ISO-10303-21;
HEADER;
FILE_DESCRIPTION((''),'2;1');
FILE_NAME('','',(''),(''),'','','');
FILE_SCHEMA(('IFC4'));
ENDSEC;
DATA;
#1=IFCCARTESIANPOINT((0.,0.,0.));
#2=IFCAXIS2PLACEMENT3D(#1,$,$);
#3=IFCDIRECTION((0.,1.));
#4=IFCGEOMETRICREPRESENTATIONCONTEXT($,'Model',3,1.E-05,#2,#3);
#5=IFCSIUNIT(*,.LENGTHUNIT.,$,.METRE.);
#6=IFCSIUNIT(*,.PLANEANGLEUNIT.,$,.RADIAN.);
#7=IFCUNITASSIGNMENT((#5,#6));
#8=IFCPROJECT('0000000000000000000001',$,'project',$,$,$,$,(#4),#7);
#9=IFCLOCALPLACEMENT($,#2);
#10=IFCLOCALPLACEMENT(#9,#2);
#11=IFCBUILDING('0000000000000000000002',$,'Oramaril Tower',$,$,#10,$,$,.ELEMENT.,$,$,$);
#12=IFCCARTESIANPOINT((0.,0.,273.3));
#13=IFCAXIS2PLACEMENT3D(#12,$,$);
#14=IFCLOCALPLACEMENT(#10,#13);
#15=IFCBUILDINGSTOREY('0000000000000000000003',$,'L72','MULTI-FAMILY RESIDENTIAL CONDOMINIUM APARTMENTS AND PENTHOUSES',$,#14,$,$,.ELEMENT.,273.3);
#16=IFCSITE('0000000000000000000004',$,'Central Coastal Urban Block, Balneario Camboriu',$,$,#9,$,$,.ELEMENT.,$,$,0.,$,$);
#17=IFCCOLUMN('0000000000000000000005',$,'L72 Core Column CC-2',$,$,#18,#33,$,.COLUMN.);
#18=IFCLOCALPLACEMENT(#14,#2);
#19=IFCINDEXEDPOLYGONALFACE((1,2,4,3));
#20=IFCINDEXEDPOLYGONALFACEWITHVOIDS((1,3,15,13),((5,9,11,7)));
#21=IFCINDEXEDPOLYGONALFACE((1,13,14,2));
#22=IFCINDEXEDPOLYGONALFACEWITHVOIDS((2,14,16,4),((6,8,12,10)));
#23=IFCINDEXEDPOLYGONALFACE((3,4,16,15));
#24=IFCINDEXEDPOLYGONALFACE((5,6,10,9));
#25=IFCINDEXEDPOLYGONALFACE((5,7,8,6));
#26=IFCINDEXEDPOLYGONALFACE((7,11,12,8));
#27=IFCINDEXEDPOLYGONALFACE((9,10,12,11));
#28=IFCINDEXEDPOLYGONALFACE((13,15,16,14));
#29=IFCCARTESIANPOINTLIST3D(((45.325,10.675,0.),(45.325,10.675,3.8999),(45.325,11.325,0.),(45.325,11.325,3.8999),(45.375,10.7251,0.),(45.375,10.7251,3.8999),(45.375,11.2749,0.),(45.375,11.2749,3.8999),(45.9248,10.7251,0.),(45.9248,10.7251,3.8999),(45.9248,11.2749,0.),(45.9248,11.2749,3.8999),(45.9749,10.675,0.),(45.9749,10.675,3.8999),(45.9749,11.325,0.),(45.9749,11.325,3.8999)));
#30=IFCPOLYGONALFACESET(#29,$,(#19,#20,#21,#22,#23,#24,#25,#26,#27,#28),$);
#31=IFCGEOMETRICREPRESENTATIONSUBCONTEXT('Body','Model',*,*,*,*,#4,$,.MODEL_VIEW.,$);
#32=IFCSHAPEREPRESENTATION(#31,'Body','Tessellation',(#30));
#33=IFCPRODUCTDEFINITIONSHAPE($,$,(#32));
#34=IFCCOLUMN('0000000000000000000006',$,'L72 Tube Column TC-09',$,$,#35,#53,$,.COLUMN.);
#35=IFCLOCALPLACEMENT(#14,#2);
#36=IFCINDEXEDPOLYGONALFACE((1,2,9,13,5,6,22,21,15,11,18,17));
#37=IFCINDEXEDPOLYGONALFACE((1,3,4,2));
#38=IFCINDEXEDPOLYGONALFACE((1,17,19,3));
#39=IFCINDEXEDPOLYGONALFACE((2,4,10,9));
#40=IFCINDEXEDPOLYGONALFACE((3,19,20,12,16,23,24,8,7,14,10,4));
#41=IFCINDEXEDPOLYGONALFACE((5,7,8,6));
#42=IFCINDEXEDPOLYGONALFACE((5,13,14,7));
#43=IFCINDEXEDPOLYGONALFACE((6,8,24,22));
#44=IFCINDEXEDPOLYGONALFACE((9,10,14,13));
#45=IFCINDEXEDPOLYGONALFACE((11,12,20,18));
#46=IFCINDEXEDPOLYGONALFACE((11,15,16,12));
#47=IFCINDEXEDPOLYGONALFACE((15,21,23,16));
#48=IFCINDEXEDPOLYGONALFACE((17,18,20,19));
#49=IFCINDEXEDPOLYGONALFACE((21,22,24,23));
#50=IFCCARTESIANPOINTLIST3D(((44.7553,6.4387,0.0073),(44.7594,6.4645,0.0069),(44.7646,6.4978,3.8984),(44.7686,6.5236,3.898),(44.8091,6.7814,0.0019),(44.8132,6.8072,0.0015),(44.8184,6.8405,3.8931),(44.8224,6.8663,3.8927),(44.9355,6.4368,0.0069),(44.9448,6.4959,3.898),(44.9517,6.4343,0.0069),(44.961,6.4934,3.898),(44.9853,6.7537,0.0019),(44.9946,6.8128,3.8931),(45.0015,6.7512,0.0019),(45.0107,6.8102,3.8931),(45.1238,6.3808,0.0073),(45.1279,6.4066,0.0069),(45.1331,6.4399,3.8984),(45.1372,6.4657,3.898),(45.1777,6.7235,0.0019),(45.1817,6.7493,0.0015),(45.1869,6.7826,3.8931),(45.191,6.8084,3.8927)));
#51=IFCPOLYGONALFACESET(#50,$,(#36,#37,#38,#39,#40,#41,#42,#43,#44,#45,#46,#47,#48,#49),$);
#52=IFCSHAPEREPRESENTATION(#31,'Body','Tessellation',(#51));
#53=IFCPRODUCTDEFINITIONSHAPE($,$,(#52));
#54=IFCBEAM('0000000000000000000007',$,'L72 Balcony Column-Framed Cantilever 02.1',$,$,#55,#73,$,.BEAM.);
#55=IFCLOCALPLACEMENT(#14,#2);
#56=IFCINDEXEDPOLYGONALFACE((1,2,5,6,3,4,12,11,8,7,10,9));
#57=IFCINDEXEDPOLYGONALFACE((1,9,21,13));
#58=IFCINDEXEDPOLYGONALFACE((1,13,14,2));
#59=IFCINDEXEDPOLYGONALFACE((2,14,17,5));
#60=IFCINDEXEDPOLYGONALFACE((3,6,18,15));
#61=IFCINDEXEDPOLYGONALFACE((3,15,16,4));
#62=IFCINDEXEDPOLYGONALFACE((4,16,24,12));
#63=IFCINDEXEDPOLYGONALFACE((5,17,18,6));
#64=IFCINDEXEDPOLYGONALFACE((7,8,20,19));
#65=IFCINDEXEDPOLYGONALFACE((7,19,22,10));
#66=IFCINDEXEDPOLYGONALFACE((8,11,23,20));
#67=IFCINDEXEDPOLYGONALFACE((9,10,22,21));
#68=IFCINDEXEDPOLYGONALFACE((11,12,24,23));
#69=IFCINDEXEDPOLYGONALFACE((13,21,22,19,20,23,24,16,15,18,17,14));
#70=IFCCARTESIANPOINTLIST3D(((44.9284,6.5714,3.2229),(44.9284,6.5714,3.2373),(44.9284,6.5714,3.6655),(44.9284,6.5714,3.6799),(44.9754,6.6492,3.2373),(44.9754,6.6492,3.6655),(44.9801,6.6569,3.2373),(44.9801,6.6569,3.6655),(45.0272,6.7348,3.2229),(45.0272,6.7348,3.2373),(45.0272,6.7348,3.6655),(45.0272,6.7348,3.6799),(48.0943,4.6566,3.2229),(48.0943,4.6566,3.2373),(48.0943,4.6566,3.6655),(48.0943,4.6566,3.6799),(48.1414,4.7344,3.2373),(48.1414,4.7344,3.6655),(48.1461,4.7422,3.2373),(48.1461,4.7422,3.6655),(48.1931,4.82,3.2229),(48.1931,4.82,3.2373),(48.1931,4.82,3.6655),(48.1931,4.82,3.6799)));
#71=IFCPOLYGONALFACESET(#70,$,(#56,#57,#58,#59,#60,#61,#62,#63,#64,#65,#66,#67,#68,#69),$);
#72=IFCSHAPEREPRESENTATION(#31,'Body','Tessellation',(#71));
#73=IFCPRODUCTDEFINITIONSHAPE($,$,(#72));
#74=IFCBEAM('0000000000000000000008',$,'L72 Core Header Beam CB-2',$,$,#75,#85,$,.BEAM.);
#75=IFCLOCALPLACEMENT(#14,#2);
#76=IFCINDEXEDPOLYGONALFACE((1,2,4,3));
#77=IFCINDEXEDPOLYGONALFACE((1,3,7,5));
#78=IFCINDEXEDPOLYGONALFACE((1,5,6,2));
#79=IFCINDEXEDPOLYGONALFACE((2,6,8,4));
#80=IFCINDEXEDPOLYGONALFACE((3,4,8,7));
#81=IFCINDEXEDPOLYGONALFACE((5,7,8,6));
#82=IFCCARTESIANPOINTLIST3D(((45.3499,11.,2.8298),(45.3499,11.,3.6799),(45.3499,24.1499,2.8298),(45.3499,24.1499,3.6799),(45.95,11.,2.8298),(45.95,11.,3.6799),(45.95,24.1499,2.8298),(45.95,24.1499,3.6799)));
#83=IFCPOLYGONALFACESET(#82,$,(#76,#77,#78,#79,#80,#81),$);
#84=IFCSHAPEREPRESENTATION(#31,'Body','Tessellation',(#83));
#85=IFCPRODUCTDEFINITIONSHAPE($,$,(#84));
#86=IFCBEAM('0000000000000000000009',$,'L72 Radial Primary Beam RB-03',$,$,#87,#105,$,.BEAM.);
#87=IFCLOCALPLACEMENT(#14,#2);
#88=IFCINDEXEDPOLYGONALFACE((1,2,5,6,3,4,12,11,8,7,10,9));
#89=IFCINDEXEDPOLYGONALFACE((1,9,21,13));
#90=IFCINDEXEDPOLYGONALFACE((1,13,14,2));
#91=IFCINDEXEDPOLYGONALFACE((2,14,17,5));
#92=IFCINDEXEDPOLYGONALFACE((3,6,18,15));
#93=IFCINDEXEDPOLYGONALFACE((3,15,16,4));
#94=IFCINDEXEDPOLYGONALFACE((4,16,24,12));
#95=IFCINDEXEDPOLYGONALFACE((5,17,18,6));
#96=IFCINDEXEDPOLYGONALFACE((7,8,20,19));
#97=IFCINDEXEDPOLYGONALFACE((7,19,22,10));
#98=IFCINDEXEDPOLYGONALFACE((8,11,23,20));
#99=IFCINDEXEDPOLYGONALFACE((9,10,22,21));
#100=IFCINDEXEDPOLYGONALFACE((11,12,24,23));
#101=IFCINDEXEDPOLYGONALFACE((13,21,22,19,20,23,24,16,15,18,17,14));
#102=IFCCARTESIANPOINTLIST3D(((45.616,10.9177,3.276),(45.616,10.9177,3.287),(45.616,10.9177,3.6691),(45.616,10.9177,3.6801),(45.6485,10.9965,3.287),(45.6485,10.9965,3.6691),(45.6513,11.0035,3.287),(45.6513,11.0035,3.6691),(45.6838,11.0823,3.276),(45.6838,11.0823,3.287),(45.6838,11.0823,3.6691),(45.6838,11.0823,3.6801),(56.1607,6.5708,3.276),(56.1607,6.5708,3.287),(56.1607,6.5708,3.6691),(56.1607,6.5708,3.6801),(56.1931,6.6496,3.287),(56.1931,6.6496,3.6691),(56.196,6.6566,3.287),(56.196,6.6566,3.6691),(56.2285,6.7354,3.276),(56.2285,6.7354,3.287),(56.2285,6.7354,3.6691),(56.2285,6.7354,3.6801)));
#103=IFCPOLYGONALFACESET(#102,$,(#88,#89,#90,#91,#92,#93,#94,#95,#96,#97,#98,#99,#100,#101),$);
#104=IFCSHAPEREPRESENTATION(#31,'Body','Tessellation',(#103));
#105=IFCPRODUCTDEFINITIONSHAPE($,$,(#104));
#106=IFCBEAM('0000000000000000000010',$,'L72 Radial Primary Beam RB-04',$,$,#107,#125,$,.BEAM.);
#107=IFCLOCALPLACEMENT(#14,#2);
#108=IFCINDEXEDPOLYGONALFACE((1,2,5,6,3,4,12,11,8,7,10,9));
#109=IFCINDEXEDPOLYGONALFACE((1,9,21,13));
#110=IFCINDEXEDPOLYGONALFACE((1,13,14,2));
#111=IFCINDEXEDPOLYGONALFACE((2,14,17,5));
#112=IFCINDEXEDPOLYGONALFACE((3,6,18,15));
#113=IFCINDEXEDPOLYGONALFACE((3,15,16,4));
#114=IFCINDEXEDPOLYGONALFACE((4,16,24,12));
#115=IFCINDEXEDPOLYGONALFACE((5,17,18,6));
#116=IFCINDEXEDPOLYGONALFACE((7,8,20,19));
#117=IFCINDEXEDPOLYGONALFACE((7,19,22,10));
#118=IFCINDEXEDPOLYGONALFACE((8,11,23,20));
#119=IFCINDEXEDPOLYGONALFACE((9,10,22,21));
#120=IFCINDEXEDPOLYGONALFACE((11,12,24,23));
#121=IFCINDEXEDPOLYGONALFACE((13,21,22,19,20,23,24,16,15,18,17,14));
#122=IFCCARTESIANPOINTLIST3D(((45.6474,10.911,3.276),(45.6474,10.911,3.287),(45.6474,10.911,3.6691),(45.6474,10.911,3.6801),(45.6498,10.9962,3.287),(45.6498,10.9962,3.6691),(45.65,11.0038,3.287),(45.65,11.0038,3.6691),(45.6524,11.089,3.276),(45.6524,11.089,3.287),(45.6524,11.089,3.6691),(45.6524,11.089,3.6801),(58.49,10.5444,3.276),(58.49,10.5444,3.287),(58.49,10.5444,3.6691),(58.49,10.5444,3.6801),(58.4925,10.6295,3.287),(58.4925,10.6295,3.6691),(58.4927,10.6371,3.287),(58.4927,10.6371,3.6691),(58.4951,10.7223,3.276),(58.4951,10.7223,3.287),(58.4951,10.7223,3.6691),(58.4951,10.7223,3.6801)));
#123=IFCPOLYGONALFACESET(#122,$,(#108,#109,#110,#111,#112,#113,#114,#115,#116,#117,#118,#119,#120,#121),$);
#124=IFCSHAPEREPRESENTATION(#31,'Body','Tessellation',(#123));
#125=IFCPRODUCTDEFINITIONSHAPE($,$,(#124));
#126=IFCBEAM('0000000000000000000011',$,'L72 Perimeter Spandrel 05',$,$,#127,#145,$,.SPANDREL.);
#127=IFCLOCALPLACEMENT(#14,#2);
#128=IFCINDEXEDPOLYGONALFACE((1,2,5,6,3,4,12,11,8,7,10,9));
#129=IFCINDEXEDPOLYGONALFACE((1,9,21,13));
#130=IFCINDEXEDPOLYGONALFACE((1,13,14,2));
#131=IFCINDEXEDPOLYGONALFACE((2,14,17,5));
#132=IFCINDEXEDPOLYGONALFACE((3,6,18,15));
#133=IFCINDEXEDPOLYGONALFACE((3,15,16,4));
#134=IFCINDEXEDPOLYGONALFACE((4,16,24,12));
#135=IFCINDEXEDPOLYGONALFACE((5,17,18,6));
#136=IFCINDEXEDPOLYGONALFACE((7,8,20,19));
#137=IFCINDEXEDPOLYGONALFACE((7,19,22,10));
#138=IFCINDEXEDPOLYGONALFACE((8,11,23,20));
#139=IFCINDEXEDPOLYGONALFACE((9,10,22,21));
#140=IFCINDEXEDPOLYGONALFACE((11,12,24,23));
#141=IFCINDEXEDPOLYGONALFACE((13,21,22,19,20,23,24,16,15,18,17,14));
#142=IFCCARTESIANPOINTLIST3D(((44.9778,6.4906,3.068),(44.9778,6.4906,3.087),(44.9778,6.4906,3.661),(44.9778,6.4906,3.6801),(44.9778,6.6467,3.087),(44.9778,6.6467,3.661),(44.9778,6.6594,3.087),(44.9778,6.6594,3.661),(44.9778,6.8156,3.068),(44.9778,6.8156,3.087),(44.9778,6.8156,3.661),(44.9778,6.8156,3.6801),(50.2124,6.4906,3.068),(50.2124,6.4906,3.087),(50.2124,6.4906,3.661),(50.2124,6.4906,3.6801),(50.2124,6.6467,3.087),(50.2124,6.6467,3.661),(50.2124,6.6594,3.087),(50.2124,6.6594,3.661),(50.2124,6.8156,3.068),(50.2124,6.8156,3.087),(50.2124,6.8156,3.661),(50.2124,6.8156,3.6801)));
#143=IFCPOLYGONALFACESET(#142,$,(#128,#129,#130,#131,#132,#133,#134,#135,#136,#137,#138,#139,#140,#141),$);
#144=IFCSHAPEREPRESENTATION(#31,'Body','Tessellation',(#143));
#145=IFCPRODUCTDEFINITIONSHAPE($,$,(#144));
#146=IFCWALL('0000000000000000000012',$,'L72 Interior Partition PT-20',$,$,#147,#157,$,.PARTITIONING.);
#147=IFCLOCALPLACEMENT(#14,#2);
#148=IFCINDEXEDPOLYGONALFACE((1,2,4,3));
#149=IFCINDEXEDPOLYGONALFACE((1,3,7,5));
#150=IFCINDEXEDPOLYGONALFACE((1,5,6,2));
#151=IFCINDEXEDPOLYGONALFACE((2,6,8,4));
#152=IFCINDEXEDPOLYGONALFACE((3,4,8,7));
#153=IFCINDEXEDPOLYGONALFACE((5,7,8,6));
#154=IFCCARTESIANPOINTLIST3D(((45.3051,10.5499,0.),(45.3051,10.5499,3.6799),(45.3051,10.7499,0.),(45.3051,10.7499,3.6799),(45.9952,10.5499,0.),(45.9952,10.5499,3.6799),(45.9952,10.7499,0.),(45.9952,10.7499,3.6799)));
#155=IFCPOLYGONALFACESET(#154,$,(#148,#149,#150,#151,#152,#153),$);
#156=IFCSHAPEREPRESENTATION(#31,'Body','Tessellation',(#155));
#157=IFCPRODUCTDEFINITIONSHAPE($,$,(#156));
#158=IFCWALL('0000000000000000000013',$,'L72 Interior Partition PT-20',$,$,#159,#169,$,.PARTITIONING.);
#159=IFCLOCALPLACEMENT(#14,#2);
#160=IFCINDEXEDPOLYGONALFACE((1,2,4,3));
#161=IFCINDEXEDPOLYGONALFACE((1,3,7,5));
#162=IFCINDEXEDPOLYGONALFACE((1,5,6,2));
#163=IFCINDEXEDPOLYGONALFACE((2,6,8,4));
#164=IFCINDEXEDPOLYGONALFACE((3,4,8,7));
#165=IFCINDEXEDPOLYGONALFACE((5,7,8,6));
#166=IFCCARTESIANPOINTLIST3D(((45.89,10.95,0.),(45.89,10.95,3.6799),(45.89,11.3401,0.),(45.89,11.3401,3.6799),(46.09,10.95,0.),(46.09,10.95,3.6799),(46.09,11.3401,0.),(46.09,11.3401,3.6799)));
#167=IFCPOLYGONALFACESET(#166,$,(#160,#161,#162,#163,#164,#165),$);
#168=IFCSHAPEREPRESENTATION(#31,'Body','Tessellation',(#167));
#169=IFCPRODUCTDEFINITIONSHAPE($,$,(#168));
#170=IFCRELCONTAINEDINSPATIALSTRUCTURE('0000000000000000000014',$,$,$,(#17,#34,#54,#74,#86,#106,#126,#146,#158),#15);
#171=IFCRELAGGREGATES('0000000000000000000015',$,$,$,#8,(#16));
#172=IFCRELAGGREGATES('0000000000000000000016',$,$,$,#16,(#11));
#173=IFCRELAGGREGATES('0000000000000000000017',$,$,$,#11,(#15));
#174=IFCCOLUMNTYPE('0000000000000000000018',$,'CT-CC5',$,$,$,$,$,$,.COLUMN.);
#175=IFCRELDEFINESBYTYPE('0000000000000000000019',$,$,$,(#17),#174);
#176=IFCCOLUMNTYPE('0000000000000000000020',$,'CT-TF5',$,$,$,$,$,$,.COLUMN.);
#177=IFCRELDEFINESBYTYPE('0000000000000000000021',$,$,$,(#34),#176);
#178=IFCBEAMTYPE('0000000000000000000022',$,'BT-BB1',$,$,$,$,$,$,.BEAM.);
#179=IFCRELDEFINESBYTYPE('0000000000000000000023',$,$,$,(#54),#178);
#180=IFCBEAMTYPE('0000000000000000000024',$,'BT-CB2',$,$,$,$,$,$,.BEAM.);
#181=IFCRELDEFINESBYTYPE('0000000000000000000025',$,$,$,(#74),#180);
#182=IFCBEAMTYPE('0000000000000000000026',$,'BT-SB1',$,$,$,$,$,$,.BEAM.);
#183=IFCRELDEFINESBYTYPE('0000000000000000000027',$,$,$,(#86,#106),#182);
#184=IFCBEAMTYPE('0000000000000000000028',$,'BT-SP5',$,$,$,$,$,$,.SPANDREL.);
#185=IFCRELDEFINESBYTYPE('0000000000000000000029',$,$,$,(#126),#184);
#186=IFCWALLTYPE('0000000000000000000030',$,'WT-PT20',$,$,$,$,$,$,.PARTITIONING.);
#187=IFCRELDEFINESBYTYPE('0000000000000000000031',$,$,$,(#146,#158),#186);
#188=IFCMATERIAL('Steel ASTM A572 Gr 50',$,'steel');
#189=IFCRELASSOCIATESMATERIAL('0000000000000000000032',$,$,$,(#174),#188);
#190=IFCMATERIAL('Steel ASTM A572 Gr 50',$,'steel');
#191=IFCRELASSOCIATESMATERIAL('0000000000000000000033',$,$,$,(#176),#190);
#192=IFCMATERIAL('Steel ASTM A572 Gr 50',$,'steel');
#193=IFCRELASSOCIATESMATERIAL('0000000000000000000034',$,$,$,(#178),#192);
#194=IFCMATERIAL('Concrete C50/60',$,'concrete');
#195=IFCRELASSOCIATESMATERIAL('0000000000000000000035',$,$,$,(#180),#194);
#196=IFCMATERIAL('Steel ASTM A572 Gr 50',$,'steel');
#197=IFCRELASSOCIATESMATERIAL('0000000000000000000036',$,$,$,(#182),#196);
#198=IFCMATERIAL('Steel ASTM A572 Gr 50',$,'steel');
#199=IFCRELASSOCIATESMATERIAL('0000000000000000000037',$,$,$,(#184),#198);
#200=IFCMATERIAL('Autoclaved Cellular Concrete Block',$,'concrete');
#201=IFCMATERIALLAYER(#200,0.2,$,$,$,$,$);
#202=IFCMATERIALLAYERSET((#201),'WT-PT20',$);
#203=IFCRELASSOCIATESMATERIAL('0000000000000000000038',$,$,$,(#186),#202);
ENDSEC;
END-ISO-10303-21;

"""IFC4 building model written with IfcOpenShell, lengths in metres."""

from ifc_helpers import new_model, si_unit, direction, frame, frame_2d, origin, origin_2d, place, context, subcontext, project, spatial, rectangle, hollow_rectangle, i_section, extrude, material, layer, layer_set, material_profile, profile_set, type_object, element, save


model = new_model("IFC4")

# Units and contexts
model_context = context("Model", 3, precision=1e-05, world=origin(), true_north=direction((0.0, 1.0)))
body_context = subcontext(model_context, "Body", "Model", "MODEL_VIEW")
ifc_project = project(units=[si_unit("LENGTHUNIT", "METRE"), si_unit("PLANEANGLEUNIT", "RADIAN")], contexts=[model_context])

# Site, building, storey
site_placement = place(None, origin())
site = spatial("IfcSite", under=ifc_project, at=site_placement, Name="Central Coastal Urban Block, Balneario Camboriu", CompositionType="ELEMENT", RefElevation=0.0)
building_placement = place(site_placement, origin())
building = spatial("IfcBuilding", under=site, at=building_placement, Name="Oramaril Tower", CompositionType="ELEMENT")
storey_placement = place(building_placement, frame((0.0, 0.0, 273.3)))
storey = spatial("IfcBuildingStorey", under=building, at=storey_placement, Name="L72", Description="MULTI-FAMILY RESIDENTIAL CONDOMINIUM APARTMENTS AND PENTHOUSES", CompositionType="ELEMENT", Elevation=273.3)

# Columns
ifc_material_1 = material(Name="Steel ASTM A572 Gr 50", Category="steel")
ifc_material_profile_1 = material_profile(ifc_material_1, hollow_rectangle(XDim=0.6499, YDim=0.6499, WallThickness=0.05, at=origin_2d()), Name="BOX650X650X50")
ifc_profile_set_1 = profile_set([ifc_material_profile_1], Name="Steel ASTM A572 Gr 50")
column_type_1 = type_object("IfcColumnType", Name="CT-CC5", PredefinedType="COLUMN", material=ifc_profile_set_1)
column_1_placement = place(storey_placement, frame((45.6499, 11.0, 0.0), z_axis=(0.0, 0.0, 1.0), x_axis=(1.0, 0.0, 0.0)))
element("IfcColumn", 1, at=column_1_placement, inside=storey, type_object=column_type_1, Name="L72 Core Column CC-2", PredefinedType="COLUMN", context=body_context, shape_type="SweptSolid", body=[
    extrude(hollow_rectangle(XDim=0.6499, YDim=0.6499, WallThickness=0.05, at=origin_2d()), origin(), (0.0, 0.0, 1.0), 3.8999),
])
ifc_material_2 = material(Name="Steel ASTM A572 Gr 50", Category="steel")
ifc_material_profile_2 = material_profile(ifc_material_2, i_section(OverallWidth=0.373, OverallDepth=0.373, WebThickness=0.0164, FlangeThickness=0.0261, at=origin_2d()), Name="W14X132")
ifc_profile_set_2 = profile_set([ifc_material_profile_2], Name="Steel ASTM A572 Gr 50")
column_type_2 = type_object("IfcColumnType", Name="CT-TF5", PredefinedType="COLUMN", material=ifc_profile_set_2)
column_2_placement = place(storey_placement, frame((44.9685, 6.594, 0.0044), z_axis=(0.002384, 0.015182, 0.999882), x_axis=(-0.987895, 0.155124, 0.0)))
element("IfcColumn", 2, at=column_2_placement, inside=storey, type_object=column_type_2, Name="L72 Tube Column TC-09", PredefinedType="COLUMN", context=body_context, shape_type="SweptSolid", body=[
    extrude(i_section(OverallWidth=0.373, OverallDepth=0.373, WebThickness=0.0164, FlangeThickness=0.0261, at=origin_2d()), origin(), (0.0, 0.0, 1.0), 3.8916),
])

# Beams
ifc_material_3 = material(Name="Steel ASTM A572 Gr 50", Category="steel")
ifc_material_profile_3 = material_profile(ifc_material_3, i_section(OverallWidth=0.1909, OverallDepth=0.457, WebThickness=0.009, FlangeThickness=0.0144, at=origin_2d()), Name="W18X50")
ifc_profile_set_3 = profile_set([ifc_material_profile_3], Name="Steel ASTM A572 Gr 50")
beam_type_1 = type_object("IfcBeamType", Name="BT-BB1", PredefinedType="BEAM", material=ifc_profile_set_3)
beam_1_placement = place(storey_placement, frame((44.9778, 6.6531, 3.4514), z_axis=(0.855677, -0.51751, 0.0), x_axis=(0.51751, 0.855677, 0.0)))
element("IfcBeam", 3, at=beam_1_placement, inside=storey, type_object=beam_type_1, Name="L72 Balcony Column-Framed Cantilever 02.1", PredefinedType="BEAM", context=body_context, shape_type="SweptSolid", body=[
    extrude(i_section(OverallWidth=0.1909, OverallDepth=0.457, WebThickness=0.009, FlangeThickness=0.0144, at=origin_2d()), origin(), (0.0, 0.0, 1.0), 3.7),
])
ifc_material_4 = material(Name="Concrete C50/60", Category="concrete")
ifc_material_profile_4 = material_profile(ifc_material_4, rectangle(XDim=0.6001, YDim=0.8501, at=origin_2d()), Name="CB600X850")
ifc_profile_set_4 = profile_set([ifc_material_profile_4], Name="Concrete C50/60")
beam_type_2 = type_object("IfcBeamType", Name="BT-CB2", PredefinedType="BEAM", material=ifc_profile_set_4)
beam_2_placement = place(storey_placement, frame((45.6499, 11.0, 3.2549), z_axis=(0.0, 1.0, 0.0), x_axis=(-1.0, 0.0, 0.0)))
element("IfcBeam", 4, at=beam_2_placement, inside=storey, type_object=beam_type_2, Name="L72 Core Header Beam CB-2", PredefinedType="BEAM", context=body_context, shape_type="SweptSolid", body=[
    extrude(rectangle(XDim=0.6001, YDim=0.8501, at=origin_2d()), origin(), (0.0, 0.0, 1.0), 13.1499),
])
ifc_material_5 = material(Name="Steel ASTM A572 Gr 50", Category="steel")
ifc_material_profile_5 = material_profile(ifc_material_5, i_section(OverallWidth=0.178, OverallDepth=0.4041, WebThickness=0.0076, FlangeThickness=0.011, at=origin_2d()), Name="W16X36")
ifc_profile_set_5 = profile_set([ifc_material_profile_5], Name="Steel ASTM A572 Gr 50")
beam_type_3 = type_object("IfcBeamType", Name="BT-SB1", PredefinedType="BEAM", material=ifc_profile_set_5)
beam_3_placement = place(storey_placement, frame((45.6499, 11.0, 3.478), z_axis=(0.924524, -0.381124, 0.0), x_axis=(0.381124, 0.924524, 0.0)))
element("IfcBeam", 5, at=beam_3_placement, inside=storey, type_object=beam_type_3, Name="L72 Radial Primary Beam RB-03", PredefinedType="BEAM", context=body_context, shape_type="SweptSolid", body=[
    extrude(i_section(OverallWidth=0.178, OverallDepth=0.4041, WebThickness=0.0076, FlangeThickness=0.011, at=origin_2d()), origin(), (0.0, 0.0, 1.0), 11.4055),
])
beam_4_placement = place(storey_placement, frame((45.6499, 11.0, 3.478), z_axis=(0.999593, -0.028541, 0.0), x_axis=(0.028541, 0.999593, 0.0)))
element("IfcBeam", 6, at=beam_4_placement, inside=storey, type_object=beam_type_3, Name="L72 Radial Primary Beam RB-04", PredefinedType="BEAM", context=body_context, shape_type="SweptSolid", body=[
    extrude(i_section(OverallWidth=0.178, OverallDepth=0.4041, WebThickness=0.0076, FlangeThickness=0.011, at=origin_2d()), origin(), (0.0, 0.0, 1.0), 12.8479),
])
ifc_material_6 = material(Name="Steel ASTM A572 Gr 50", Category="steel")
ifc_material_profile_6 = material_profile(ifc_material_6, i_section(OverallWidth=0.325, OverallDepth=0.6121, WebThickness=0.0127, FlangeThickness=0.019, at=origin_2d()), Name="W24X104")
ifc_profile_set_6 = profile_set([ifc_material_profile_6], Name="Steel ASTM A572 Gr 50")
beam_type_4 = type_object("IfcBeamType", Name="BT-SP5", PredefinedType="SPANDREL", material=ifc_profile_set_6)
beam_5_placement = place(storey_placement, frame((44.9778, 6.6531, 3.374), z_axis=(1.0, 0.0, 0.0), x_axis=(0.0, 1.0, 0.0)))
element("IfcBeam", 7, at=beam_5_placement, inside=storey, type_object=beam_type_4, Name="L72 Perimeter Spandrel 05", PredefinedType="SPANDREL", context=body_context, shape_type="SweptSolid", body=[
    extrude(i_section(OverallWidth=0.325, OverallDepth=0.6121, WebThickness=0.0127, FlangeThickness=0.019, at=origin_2d()), origin(), (0.0, 0.0, 1.0), 5.2346),
])

# Walls
ifc_material_7 = material(Name="Autoclaved Cellular Concrete Block", Category="concrete")
ifc_layer_1 = layer(ifc_material_7, 0.2)
ifc_layer_set_1 = layer_set([ifc_layer_1], Name="WT-PT20")
wall_type_1 = type_object("IfcWallType", Name="WT-PT20", PredefinedType="PARTITIONING", material=ifc_layer_set_1)
wall_1_placement = place(storey_placement, frame((45.3049, 10.6499, 0.0), z_axis=(0.0, 0.0, 1.0), x_axis=(1.0, 0.0, 0.0)))
element("IfcWall", 8, at=wall_1_placement, inside=storey, type_object=wall_type_1, Name="L72 Interior Partition PT-20", PredefinedType="PARTITIONING", context=body_context, shape_type="SweptSolid", body=[
    extrude(rectangle(XDim=0.6902, YDim=0.2, at=frame_2d((0.3452, 0.0))), origin(), (0.0, 0.0, 1.0), 3.6799),
])
wall_2_placement = place(storey_placement, frame((45.99, 10.95, 0.0), z_axis=(0.0, 0.0, 1.0), x_axis=(0.0, 1.0, 0.0)))
element("IfcWall", 9, at=wall_2_placement, inside=storey, type_object=wall_type_1, Name="L72 Interior Partition PT-20", PredefinedType="PARTITIONING", context=body_context, shape_type="SweptSolid", body=[
    extrude(rectangle(XDim=0.3901, YDim=0.2, at=frame_2d((0.1951, 0.0))), origin(), (0.0, 0.0, 1.0), 3.6799),
])

save(model, "model.ifc")
